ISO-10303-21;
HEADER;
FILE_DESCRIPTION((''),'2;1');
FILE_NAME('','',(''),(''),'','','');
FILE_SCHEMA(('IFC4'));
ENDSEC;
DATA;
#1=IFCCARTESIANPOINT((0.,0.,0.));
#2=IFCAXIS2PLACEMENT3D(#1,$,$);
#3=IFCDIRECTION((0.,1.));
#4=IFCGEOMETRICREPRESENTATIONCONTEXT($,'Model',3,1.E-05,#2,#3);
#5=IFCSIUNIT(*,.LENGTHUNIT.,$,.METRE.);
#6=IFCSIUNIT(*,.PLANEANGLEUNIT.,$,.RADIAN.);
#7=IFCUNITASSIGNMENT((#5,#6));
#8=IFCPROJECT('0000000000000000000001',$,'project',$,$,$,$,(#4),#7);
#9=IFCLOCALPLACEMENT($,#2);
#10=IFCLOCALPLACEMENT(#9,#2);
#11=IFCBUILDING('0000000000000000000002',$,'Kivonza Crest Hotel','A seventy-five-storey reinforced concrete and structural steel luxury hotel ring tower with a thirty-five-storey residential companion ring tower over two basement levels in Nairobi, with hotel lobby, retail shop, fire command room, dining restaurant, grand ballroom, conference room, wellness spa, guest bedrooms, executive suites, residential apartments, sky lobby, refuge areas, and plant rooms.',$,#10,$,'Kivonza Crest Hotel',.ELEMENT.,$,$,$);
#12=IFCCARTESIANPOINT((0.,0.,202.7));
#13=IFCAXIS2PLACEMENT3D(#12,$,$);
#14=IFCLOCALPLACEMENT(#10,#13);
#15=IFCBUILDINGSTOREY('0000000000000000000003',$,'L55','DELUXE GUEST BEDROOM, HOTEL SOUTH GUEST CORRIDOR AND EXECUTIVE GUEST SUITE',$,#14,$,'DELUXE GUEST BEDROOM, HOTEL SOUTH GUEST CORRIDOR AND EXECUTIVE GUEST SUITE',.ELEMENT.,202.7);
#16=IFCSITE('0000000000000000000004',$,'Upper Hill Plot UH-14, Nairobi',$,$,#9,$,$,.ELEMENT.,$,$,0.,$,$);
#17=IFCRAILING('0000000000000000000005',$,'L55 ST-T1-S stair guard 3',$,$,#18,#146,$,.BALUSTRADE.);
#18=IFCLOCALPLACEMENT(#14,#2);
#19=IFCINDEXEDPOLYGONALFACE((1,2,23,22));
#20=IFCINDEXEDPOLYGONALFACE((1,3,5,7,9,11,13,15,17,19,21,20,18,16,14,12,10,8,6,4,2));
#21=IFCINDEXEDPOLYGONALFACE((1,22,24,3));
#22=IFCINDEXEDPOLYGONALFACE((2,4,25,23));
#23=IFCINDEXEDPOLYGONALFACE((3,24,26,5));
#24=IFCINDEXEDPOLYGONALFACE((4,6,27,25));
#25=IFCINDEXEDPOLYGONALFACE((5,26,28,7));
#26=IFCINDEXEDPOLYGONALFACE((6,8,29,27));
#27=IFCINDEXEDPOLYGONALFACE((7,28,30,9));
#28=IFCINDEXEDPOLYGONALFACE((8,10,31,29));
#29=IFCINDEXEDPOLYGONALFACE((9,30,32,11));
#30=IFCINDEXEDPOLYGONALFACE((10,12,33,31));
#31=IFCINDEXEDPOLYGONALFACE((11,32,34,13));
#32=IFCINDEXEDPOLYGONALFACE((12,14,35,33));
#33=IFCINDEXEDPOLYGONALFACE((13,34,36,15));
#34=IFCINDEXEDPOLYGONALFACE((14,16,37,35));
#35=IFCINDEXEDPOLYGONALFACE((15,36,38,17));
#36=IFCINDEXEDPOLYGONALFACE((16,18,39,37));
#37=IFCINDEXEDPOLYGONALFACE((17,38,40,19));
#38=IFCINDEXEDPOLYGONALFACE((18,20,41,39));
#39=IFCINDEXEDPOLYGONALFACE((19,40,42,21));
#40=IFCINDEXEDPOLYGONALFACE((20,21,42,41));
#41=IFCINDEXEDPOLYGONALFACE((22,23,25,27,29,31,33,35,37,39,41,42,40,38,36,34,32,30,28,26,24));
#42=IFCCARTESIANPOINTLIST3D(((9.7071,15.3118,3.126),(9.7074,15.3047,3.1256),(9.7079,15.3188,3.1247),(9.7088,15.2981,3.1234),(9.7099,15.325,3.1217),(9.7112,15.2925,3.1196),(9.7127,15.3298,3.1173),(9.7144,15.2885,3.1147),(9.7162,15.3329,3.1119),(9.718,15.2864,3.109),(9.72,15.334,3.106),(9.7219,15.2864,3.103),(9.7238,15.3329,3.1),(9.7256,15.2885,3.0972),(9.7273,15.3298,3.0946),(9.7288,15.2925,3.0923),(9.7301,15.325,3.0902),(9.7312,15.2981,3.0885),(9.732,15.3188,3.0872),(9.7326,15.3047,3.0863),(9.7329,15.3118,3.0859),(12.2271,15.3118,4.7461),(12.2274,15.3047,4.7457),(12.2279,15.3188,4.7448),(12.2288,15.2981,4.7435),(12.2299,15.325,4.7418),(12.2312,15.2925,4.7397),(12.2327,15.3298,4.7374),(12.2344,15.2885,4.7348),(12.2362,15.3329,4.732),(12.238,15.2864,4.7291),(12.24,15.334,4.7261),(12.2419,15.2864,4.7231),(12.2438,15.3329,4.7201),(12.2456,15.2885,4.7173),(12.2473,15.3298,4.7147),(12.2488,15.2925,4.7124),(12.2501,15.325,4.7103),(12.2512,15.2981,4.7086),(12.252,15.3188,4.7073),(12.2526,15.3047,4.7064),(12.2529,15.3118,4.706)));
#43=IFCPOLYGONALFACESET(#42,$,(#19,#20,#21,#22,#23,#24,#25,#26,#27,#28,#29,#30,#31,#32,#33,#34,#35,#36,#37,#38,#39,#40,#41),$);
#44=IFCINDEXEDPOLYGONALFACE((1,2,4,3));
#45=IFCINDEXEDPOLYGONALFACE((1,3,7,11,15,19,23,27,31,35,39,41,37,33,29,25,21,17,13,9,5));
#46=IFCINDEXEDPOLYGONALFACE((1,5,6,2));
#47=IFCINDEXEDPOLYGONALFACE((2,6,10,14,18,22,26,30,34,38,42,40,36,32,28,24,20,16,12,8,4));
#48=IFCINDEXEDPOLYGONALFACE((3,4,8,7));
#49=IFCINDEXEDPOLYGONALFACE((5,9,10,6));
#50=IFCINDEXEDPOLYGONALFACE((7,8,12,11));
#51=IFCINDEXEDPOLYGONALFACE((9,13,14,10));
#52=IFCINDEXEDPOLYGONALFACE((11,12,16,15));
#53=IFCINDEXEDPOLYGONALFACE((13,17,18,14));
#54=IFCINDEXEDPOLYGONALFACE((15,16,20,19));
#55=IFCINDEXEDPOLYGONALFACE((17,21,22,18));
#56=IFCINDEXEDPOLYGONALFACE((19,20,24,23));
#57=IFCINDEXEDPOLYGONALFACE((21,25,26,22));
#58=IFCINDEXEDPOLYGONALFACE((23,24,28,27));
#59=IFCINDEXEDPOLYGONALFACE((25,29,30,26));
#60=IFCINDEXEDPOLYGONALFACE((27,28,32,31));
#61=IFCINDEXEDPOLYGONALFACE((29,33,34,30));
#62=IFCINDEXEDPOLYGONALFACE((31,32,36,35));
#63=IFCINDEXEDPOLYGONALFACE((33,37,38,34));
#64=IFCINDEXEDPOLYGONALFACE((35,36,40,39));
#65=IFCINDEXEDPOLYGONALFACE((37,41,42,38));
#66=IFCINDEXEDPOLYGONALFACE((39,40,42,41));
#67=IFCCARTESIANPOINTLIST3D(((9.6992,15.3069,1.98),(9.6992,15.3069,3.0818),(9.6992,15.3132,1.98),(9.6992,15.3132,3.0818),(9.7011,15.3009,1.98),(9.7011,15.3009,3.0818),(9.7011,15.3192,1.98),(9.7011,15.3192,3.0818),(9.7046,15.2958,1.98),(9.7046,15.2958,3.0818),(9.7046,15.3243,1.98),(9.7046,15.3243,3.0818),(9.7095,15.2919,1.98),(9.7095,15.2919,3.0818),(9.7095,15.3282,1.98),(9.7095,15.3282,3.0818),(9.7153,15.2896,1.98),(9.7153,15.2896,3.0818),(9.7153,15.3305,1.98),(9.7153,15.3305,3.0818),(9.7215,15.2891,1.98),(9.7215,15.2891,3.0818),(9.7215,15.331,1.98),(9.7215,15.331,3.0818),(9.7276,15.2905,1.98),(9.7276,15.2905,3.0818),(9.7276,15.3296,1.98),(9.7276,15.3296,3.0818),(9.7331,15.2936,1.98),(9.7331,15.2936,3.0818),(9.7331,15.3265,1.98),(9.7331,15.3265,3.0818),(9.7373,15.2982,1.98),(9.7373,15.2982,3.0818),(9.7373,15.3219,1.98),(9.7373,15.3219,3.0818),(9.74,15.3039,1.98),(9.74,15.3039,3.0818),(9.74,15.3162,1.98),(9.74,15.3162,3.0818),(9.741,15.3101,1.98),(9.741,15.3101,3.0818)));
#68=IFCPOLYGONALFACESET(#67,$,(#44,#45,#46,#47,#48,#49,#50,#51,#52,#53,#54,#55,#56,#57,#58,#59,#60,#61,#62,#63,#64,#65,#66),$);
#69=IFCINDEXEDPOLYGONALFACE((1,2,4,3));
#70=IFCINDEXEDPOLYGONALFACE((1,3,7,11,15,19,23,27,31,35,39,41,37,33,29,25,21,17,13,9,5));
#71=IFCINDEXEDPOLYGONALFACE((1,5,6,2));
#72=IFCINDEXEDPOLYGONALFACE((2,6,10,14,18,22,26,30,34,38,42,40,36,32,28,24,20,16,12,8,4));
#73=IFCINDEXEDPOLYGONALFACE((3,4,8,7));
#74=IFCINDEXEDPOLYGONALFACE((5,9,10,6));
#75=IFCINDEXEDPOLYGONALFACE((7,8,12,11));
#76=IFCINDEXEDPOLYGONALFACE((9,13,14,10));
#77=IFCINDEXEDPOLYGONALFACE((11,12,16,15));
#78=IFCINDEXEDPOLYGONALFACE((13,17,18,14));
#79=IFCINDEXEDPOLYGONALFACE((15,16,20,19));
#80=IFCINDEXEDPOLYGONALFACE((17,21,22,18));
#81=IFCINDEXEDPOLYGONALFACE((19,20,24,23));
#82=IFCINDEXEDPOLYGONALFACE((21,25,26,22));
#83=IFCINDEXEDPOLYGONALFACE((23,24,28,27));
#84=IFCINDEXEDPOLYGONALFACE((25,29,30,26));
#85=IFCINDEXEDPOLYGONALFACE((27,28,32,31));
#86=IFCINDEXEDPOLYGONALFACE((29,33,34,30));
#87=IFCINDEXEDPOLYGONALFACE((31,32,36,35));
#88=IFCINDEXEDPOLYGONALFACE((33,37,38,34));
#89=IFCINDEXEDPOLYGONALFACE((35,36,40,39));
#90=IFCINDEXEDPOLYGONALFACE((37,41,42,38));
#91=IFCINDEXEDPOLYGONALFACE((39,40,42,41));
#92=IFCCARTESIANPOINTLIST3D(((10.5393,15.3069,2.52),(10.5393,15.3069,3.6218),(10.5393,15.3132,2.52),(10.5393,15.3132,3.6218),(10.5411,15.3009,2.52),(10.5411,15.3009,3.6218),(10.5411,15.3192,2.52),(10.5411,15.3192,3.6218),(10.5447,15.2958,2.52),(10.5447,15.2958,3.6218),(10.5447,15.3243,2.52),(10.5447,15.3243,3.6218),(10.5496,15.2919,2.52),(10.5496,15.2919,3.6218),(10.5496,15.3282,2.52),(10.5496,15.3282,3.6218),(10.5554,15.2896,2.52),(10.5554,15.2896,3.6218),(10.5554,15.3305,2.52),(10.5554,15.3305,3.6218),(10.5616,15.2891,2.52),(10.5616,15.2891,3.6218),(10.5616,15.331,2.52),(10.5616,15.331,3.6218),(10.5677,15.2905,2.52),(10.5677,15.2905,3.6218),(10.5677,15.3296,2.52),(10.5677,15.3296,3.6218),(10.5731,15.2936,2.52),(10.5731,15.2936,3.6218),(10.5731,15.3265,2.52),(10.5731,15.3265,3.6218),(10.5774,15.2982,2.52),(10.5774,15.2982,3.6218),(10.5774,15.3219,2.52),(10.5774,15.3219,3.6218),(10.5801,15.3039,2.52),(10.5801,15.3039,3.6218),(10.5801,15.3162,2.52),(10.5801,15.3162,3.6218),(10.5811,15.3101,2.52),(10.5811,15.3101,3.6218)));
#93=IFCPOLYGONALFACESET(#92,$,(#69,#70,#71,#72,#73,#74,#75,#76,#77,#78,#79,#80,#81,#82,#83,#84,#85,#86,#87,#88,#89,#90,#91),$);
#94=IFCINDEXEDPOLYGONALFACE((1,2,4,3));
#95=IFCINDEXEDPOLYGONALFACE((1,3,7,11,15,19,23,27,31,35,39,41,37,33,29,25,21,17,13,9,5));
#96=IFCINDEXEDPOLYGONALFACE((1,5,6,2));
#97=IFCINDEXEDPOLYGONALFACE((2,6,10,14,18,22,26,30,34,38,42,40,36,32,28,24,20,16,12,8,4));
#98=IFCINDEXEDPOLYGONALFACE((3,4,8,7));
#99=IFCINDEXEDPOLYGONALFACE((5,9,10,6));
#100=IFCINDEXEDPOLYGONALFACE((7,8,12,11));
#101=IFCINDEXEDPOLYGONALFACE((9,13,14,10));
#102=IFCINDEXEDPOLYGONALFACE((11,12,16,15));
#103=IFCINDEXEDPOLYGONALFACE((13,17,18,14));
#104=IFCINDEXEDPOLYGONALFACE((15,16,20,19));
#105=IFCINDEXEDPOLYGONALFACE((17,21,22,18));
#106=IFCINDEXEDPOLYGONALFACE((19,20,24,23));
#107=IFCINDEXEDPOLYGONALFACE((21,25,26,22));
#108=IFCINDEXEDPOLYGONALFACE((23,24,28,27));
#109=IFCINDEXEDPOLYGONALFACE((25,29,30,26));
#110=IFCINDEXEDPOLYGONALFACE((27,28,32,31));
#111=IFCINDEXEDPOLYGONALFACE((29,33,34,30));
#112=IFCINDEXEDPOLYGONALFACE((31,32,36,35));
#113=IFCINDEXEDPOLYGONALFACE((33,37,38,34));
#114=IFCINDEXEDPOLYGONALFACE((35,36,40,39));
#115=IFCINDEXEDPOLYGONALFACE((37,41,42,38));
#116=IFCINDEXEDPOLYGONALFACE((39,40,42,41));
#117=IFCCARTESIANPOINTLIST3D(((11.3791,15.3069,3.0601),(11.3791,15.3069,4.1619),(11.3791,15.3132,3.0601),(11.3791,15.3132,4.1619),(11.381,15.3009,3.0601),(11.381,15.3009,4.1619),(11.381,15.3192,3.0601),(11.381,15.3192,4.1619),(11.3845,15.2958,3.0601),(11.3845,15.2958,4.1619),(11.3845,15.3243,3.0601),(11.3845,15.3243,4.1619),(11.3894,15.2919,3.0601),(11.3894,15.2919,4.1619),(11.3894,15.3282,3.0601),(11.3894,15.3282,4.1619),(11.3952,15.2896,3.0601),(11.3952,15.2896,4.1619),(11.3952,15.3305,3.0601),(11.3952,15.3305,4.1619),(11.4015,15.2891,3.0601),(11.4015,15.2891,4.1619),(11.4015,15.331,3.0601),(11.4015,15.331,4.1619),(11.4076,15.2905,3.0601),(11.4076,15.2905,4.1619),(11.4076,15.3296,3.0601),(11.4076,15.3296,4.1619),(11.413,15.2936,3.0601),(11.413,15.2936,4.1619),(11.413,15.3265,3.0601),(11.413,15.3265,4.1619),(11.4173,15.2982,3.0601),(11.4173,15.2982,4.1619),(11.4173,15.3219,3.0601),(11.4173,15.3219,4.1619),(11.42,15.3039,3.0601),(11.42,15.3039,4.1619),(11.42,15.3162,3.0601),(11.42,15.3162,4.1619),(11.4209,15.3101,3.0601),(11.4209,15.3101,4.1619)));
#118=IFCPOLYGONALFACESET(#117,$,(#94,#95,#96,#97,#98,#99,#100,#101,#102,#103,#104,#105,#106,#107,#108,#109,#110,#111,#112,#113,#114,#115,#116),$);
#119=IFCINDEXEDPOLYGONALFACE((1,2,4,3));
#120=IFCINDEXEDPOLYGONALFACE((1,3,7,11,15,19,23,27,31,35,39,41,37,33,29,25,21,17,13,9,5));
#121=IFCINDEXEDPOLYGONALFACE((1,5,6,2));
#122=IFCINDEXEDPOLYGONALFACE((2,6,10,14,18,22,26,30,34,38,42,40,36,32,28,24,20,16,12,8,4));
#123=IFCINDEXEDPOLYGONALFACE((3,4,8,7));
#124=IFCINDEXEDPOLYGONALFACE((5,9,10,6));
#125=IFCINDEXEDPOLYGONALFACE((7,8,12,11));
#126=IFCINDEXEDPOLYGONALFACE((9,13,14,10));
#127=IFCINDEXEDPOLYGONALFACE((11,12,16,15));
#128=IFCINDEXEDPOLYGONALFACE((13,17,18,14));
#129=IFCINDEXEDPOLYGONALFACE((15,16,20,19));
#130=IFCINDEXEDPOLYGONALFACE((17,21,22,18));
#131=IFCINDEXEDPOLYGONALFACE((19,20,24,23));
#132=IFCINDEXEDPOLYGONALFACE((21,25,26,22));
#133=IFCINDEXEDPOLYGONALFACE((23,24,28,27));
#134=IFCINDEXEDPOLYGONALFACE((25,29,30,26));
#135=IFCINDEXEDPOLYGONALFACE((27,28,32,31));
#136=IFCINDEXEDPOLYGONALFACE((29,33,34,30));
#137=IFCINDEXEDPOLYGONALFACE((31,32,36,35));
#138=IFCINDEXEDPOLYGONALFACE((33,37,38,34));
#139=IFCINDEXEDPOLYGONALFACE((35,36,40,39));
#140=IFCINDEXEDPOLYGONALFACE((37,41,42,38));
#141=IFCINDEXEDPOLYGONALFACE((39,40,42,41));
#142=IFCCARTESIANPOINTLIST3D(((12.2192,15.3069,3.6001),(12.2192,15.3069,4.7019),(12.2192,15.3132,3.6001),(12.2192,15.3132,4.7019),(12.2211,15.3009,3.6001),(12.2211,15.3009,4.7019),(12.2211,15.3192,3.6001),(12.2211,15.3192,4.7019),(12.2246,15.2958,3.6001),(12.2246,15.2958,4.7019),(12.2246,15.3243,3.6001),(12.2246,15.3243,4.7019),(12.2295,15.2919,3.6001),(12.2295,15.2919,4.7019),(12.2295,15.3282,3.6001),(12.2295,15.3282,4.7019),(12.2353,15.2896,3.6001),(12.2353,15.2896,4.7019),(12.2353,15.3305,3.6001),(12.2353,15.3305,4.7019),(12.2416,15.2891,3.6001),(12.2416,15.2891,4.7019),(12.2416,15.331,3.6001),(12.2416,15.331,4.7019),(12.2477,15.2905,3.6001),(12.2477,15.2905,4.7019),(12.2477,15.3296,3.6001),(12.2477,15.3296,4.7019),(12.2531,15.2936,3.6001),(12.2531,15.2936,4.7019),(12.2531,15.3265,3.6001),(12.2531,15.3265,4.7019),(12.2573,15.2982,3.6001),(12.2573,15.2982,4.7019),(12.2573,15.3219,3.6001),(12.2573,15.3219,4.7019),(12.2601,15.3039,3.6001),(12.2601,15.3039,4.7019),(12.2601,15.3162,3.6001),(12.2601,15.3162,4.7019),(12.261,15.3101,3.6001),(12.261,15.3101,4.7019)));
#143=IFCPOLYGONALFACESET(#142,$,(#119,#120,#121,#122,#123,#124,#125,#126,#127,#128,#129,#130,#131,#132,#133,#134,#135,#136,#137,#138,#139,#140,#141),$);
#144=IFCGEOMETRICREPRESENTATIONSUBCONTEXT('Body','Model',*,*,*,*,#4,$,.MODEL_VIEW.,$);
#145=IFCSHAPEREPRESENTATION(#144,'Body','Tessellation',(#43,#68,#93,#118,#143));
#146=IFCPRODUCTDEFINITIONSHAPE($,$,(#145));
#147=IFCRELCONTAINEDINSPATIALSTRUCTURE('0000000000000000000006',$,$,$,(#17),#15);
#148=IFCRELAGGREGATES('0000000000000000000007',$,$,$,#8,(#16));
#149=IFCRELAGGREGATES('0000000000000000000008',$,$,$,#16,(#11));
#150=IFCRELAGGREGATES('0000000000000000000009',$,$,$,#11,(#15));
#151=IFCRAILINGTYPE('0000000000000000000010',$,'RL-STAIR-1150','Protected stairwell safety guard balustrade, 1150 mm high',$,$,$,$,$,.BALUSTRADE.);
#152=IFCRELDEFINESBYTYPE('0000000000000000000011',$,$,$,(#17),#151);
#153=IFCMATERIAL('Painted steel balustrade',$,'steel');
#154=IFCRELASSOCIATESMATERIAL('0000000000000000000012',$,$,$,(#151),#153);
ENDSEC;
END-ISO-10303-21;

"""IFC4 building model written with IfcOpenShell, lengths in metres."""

from ifc_helpers import new_model, si_unit, direction, frame, origin, origin_2d, place, context, subcontext, project, spatial, circle, extrude, material, type_object, element, save


model = new_model("IFC4")

# Units and contexts
model_context = context("Model", 3, precision=1e-05, world=origin(), true_north=direction((0.0, 1.0)))
body_context = subcontext(model_context, "Body", "Model", "MODEL_VIEW")
ifc_project = project(units=[si_unit("LENGTHUNIT", "METRE"), si_unit("PLANEANGLEUNIT", "RADIAN")], contexts=[model_context])

# Site, building, storey
site_placement = place(None, origin())
site = spatial("IfcSite", under=ifc_project, at=site_placement, Name="Upper Hill Plot UH-14, Nairobi", CompositionType="ELEMENT", RefElevation=0.0)
building_placement = place(site_placement, origin())
building = spatial("IfcBuilding", under=site, at=building_placement, Name="Kivonza Crest Hotel", Description="A seventy-five-storey reinforced concrete and structural steel luxury hotel ring tower with a thirty-five-storey residential companion ring tower over two basement levels in Nairobi, with hotel lobby, retail shop, fire command room, dining restaurant, grand ballroom, conference room, wellness spa, guest bedrooms, executive suites, residential apartments, sky lobby, refuge areas, and plant rooms.", LongName="Kivonza Crest Hotel", CompositionType="ELEMENT")
storey_placement = place(building_placement, frame((0.0, 0.0, 202.7)))
storey = spatial("IfcBuildingStorey", under=building, at=storey_placement, Name="L55", Description="DELUXE GUEST BEDROOM, HOTEL SOUTH GUEST CORRIDOR AND EXECUTIVE GUEST SUITE", LongName="DELUXE GUEST BEDROOM, HOTEL SOUTH GUEST CORRIDOR AND EXECUTIVE GUEST SUITE", CompositionType="ELEMENT", Elevation=202.7)

# Railing
ifc_material_1 = material(Name="Painted steel balustrade", Category="steel")
railing_type_1 = type_object("IfcRailingType", Name="RL-STAIR-1150", Description="Protected stairwell safety guard balustrade, 1150 mm high", PredefinedType="BALUSTRADE", material=ifc_material_1)
railing_1_placement = place(storey_placement, frame((9.72, 15.3101, 1.98)))
element("IfcRailing", 1, at=railing_1_placement, inside=storey, type_object=railing_type_1, Name="L55 ST-T1-S stair guard 3", PredefinedType="BALUSTRADE", context=body_context, shape_type="SweptSolid", body=[
    extrude(circle(Radius=0.0239, at=origin_2d()), frame((0.0, 0.0, 1.126), z_axis=(0.841163, 0.0, 0.540782), x_axis=(0.0, 1.0, 0.0)), (0.0, 0.0, 1.0), 2.9958),
    extrude(circle(Radius=0.021, at=origin_2d()), origin(), (0.0, 0.0, 1.0), 1.1018),
    extrude(circle(Radius=0.021, at=origin_2d()), frame((0.8401, 0.0, 0.54)), (0.0, 0.0, 1.0), 1.1018),
    extrude(circle(Radius=0.021, at=origin_2d()), frame((1.6799, 0.0, 1.0801)), (0.0, 0.0, 1.0), 1.1018),
    extrude(circle(Radius=0.021, at=origin_2d()), frame((2.52, 0.0, 1.6201)), (0.0, 0.0, 1.0), 1.1018),
])

save(model, "model.ifc")
